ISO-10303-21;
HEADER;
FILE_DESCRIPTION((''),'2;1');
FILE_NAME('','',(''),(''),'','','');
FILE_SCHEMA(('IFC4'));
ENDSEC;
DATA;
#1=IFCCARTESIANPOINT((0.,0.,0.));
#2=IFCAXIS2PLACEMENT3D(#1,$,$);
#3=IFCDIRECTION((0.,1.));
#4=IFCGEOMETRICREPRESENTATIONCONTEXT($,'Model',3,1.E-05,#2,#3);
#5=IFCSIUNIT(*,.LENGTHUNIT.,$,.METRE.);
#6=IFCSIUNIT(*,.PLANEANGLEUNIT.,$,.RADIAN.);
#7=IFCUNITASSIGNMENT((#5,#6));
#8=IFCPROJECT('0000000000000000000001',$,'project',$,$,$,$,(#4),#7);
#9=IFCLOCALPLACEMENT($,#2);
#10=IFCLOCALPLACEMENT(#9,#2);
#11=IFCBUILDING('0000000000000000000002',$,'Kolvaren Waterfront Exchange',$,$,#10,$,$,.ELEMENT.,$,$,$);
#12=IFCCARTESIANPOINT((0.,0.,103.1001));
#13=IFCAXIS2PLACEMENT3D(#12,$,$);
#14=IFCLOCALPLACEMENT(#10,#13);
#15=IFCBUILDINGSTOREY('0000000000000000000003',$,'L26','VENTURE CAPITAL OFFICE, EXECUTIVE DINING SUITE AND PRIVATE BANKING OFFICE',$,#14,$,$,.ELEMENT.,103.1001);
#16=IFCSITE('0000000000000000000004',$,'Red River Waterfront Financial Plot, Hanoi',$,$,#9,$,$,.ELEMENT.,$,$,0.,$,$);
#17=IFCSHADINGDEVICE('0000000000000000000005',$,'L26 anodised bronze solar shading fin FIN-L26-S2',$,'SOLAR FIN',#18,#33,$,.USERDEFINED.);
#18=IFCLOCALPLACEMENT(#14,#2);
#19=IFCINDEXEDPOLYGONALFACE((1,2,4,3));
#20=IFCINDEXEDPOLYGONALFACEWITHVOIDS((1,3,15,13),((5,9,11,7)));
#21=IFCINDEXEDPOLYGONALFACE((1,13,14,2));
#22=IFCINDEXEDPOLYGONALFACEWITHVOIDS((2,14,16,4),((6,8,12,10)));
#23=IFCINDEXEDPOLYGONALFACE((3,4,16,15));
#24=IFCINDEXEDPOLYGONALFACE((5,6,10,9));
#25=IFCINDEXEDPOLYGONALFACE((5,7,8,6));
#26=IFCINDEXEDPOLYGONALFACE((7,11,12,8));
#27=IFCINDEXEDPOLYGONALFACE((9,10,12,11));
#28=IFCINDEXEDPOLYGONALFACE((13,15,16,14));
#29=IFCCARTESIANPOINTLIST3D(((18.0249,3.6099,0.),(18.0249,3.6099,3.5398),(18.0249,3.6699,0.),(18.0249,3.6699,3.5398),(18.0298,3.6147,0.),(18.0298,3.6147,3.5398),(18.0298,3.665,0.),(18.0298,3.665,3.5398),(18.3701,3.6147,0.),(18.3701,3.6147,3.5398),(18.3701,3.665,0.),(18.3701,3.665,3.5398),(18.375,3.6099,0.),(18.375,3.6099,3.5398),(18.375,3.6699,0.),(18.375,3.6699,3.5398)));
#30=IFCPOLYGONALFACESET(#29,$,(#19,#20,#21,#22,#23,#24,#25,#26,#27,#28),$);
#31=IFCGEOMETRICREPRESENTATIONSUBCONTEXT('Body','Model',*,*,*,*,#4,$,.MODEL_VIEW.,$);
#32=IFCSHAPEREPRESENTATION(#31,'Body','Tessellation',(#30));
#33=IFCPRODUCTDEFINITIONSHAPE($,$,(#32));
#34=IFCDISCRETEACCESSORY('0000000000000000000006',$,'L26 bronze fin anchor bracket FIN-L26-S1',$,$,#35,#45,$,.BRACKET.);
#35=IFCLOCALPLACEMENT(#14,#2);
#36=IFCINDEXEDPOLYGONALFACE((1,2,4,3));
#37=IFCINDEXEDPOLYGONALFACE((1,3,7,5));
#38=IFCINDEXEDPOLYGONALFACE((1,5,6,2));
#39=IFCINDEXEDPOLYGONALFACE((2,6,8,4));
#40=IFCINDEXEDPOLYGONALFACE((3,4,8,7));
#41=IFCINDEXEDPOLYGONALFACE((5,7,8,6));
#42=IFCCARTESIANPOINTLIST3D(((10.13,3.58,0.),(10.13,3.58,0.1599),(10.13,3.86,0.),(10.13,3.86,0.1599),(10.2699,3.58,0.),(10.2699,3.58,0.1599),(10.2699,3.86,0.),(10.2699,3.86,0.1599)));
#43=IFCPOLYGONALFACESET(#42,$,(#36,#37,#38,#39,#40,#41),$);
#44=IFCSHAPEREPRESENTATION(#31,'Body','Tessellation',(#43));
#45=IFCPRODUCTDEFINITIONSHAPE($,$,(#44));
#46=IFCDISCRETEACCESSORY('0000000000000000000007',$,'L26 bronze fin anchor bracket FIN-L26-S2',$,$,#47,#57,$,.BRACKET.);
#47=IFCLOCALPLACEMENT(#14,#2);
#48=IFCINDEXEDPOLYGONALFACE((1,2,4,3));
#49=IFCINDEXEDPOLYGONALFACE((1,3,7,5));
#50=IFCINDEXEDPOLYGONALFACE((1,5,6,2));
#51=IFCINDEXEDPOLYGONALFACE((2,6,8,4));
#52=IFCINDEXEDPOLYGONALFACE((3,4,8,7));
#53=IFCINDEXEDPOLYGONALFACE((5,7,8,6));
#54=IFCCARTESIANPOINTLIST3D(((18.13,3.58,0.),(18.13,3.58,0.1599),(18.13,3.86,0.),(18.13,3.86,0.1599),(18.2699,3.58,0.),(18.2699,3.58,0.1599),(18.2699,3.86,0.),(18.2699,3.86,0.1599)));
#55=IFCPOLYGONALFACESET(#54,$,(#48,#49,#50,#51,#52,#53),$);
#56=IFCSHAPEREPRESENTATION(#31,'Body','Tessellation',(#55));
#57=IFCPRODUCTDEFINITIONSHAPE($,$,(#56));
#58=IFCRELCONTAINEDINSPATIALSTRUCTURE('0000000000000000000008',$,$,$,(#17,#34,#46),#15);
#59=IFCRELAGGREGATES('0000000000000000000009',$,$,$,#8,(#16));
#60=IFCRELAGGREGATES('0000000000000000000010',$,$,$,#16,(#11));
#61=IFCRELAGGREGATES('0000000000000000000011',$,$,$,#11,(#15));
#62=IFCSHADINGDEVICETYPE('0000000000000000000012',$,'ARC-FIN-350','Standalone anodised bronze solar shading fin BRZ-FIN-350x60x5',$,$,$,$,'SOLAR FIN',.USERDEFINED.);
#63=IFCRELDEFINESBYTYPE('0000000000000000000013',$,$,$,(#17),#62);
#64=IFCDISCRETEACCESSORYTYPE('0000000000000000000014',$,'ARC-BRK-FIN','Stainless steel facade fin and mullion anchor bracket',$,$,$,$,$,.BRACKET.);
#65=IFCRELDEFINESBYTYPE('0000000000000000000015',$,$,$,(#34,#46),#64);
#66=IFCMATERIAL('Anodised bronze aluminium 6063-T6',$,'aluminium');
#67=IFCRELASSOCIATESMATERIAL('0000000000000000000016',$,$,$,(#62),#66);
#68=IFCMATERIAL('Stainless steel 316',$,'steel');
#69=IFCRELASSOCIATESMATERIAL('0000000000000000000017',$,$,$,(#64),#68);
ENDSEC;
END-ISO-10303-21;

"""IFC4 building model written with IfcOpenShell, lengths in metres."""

from ifc_helpers import new_model, si_unit, direction, frame, origin, origin_with_axes, origin_2d, place, context, subcontext, project, spatial, rectangle, hollow_rectangle, extrude, source, transform, mapped, material, material_profile, profile_set, type_object, element, save


model = new_model("IFC4")

# Units and contexts
model_context = context("Model", 3, precision=1e-05, world=origin(), true_north=direction((0.0, 1.0)))
body_context = subcontext(model_context, "Body", "Model", "MODEL_VIEW")
ifc_project = project(units=[si_unit("LENGTHUNIT", "METRE"), si_unit("PLANEANGLEUNIT", "RADIAN")], contexts=[model_context])

# Site, building, storey
site_placement = place(None, origin())
site = spatial("IfcSite", under=ifc_project, at=site_placement, Name="Red River Waterfront Financial Plot, Hanoi", CompositionType="ELEMENT", RefElevation=0.0)
building_placement = place(site_placement, origin())
building = spatial("IfcBuilding", under=site, at=building_placement, Name="Kolvaren Waterfront Exchange", CompositionType="ELEMENT")
storey_placement = place(building_placement, frame((0.0, 0.0, 103.1001)))
storey = spatial("IfcBuildingStorey", under=building, at=storey_placement, Name="L26", Description="VENTURE CAPITAL OFFICE, EXECUTIVE DINING SUITE AND PRIVATE BANKING OFFICE", CompositionType="ELEMENT", Elevation=103.1001)

# Shared definitions
ifc_material_1 = material(Name="Anodised bronze aluminium 6063-T6", Category="aluminium")

# Shading device
ifc_material_profile_1 = material_profile(ifc_material_1, hollow_rectangle(XDim=0.0601, YDim=0.3501, WallThickness=0.0049, at=origin_2d()), Name="BRZ-FIN-350x60x5")
ifc_profile_set_1 = profile_set([ifc_material_profile_1], Name="Anodised bronze aluminium 6063-T6")
shading_device_type = type_object("IfcShadingDeviceType", Name="ARC-FIN-350", Description="Standalone anodised bronze solar shading fin BRZ-FIN-350x60x5", ElementType="SOLAR FIN", PredefinedType="USERDEFINED", material=ifc_profile_set_1)
for number, where, z_axis, x_axis, name in (
    (1, (18.2, 3.6399, 0.0), (0.0, 0.0, 1.0), (0.0, -1.0, 0.0), "L26 anodised bronze solar shading fin FIN-L26-S2"),
):
    element("IfcShadingDevice", number, at=place(storey_placement, frame(where, z_axis=z_axis, x_axis=x_axis)), inside=storey, type_object=shading_device_type, Name=name, ObjectType="SOLAR FIN", PredefinedType="USERDEFINED", context=body_context, shape_type="SweptSolid", body=[
        extrude(hollow_rectangle(XDim=0.0601, YDim=0.3501, WallThickness=0.0049, at=origin_2d()), origin(), (0.0, 0.0, 1.0), 3.5398),
    ])

# Discrete accessories
ifc_material_2 = material(Name="Stainless steel 316", Category="steel")
discrete_accessory_type = type_object("IfcDiscreteAccessoryType", Name="ARC-BRK-FIN", Description="Stainless steel facade fin and mullion anchor bracket", PredefinedType="BRACKET", material=ifc_material_2)
shared_shape_1 = source(origin_with_axes(), body_context, "Body", "SweptSolid", [
    extrude(rectangle(XDim=0.28, YDim=0.1399, at=origin_2d()), origin(), (0.0, 0.0, 1.0), 0.1599),
])
for number, where, z_axis, x_axis, name in (
    (2, (10.2, 3.72, 0.0), (0.0, 0.0, 1.0), (0.0, -1.0, 0.0), "L26 bronze fin anchor bracket FIN-L26-S1"),
    (3, (18.2, 3.72, 0.0), (0.0, 0.0, 1.0), (0.0, -1.0, 0.0), "L26 bronze fin anchor bracket FIN-L26-S2"),
):
    element("IfcDiscreteAccessory", number, at=place(storey_placement, frame(where, z_axis=z_axis, x_axis=x_axis)), inside=storey, type_object=discrete_accessory_type, Name=name, PredefinedType="BRACKET", context=body_context, shape_type="MappedRepresentation", body=[
        mapped(shared_shape_1, transform((0.0, 0.0, 0.0), x_axis=(1.0, 0.0, 0.0), y_axis=(0.0, 1.0, 0.0), z_axis=(0.0, 0.0, 1.0), scale=1.0)),
    ])

save(model, "model.ifc")
